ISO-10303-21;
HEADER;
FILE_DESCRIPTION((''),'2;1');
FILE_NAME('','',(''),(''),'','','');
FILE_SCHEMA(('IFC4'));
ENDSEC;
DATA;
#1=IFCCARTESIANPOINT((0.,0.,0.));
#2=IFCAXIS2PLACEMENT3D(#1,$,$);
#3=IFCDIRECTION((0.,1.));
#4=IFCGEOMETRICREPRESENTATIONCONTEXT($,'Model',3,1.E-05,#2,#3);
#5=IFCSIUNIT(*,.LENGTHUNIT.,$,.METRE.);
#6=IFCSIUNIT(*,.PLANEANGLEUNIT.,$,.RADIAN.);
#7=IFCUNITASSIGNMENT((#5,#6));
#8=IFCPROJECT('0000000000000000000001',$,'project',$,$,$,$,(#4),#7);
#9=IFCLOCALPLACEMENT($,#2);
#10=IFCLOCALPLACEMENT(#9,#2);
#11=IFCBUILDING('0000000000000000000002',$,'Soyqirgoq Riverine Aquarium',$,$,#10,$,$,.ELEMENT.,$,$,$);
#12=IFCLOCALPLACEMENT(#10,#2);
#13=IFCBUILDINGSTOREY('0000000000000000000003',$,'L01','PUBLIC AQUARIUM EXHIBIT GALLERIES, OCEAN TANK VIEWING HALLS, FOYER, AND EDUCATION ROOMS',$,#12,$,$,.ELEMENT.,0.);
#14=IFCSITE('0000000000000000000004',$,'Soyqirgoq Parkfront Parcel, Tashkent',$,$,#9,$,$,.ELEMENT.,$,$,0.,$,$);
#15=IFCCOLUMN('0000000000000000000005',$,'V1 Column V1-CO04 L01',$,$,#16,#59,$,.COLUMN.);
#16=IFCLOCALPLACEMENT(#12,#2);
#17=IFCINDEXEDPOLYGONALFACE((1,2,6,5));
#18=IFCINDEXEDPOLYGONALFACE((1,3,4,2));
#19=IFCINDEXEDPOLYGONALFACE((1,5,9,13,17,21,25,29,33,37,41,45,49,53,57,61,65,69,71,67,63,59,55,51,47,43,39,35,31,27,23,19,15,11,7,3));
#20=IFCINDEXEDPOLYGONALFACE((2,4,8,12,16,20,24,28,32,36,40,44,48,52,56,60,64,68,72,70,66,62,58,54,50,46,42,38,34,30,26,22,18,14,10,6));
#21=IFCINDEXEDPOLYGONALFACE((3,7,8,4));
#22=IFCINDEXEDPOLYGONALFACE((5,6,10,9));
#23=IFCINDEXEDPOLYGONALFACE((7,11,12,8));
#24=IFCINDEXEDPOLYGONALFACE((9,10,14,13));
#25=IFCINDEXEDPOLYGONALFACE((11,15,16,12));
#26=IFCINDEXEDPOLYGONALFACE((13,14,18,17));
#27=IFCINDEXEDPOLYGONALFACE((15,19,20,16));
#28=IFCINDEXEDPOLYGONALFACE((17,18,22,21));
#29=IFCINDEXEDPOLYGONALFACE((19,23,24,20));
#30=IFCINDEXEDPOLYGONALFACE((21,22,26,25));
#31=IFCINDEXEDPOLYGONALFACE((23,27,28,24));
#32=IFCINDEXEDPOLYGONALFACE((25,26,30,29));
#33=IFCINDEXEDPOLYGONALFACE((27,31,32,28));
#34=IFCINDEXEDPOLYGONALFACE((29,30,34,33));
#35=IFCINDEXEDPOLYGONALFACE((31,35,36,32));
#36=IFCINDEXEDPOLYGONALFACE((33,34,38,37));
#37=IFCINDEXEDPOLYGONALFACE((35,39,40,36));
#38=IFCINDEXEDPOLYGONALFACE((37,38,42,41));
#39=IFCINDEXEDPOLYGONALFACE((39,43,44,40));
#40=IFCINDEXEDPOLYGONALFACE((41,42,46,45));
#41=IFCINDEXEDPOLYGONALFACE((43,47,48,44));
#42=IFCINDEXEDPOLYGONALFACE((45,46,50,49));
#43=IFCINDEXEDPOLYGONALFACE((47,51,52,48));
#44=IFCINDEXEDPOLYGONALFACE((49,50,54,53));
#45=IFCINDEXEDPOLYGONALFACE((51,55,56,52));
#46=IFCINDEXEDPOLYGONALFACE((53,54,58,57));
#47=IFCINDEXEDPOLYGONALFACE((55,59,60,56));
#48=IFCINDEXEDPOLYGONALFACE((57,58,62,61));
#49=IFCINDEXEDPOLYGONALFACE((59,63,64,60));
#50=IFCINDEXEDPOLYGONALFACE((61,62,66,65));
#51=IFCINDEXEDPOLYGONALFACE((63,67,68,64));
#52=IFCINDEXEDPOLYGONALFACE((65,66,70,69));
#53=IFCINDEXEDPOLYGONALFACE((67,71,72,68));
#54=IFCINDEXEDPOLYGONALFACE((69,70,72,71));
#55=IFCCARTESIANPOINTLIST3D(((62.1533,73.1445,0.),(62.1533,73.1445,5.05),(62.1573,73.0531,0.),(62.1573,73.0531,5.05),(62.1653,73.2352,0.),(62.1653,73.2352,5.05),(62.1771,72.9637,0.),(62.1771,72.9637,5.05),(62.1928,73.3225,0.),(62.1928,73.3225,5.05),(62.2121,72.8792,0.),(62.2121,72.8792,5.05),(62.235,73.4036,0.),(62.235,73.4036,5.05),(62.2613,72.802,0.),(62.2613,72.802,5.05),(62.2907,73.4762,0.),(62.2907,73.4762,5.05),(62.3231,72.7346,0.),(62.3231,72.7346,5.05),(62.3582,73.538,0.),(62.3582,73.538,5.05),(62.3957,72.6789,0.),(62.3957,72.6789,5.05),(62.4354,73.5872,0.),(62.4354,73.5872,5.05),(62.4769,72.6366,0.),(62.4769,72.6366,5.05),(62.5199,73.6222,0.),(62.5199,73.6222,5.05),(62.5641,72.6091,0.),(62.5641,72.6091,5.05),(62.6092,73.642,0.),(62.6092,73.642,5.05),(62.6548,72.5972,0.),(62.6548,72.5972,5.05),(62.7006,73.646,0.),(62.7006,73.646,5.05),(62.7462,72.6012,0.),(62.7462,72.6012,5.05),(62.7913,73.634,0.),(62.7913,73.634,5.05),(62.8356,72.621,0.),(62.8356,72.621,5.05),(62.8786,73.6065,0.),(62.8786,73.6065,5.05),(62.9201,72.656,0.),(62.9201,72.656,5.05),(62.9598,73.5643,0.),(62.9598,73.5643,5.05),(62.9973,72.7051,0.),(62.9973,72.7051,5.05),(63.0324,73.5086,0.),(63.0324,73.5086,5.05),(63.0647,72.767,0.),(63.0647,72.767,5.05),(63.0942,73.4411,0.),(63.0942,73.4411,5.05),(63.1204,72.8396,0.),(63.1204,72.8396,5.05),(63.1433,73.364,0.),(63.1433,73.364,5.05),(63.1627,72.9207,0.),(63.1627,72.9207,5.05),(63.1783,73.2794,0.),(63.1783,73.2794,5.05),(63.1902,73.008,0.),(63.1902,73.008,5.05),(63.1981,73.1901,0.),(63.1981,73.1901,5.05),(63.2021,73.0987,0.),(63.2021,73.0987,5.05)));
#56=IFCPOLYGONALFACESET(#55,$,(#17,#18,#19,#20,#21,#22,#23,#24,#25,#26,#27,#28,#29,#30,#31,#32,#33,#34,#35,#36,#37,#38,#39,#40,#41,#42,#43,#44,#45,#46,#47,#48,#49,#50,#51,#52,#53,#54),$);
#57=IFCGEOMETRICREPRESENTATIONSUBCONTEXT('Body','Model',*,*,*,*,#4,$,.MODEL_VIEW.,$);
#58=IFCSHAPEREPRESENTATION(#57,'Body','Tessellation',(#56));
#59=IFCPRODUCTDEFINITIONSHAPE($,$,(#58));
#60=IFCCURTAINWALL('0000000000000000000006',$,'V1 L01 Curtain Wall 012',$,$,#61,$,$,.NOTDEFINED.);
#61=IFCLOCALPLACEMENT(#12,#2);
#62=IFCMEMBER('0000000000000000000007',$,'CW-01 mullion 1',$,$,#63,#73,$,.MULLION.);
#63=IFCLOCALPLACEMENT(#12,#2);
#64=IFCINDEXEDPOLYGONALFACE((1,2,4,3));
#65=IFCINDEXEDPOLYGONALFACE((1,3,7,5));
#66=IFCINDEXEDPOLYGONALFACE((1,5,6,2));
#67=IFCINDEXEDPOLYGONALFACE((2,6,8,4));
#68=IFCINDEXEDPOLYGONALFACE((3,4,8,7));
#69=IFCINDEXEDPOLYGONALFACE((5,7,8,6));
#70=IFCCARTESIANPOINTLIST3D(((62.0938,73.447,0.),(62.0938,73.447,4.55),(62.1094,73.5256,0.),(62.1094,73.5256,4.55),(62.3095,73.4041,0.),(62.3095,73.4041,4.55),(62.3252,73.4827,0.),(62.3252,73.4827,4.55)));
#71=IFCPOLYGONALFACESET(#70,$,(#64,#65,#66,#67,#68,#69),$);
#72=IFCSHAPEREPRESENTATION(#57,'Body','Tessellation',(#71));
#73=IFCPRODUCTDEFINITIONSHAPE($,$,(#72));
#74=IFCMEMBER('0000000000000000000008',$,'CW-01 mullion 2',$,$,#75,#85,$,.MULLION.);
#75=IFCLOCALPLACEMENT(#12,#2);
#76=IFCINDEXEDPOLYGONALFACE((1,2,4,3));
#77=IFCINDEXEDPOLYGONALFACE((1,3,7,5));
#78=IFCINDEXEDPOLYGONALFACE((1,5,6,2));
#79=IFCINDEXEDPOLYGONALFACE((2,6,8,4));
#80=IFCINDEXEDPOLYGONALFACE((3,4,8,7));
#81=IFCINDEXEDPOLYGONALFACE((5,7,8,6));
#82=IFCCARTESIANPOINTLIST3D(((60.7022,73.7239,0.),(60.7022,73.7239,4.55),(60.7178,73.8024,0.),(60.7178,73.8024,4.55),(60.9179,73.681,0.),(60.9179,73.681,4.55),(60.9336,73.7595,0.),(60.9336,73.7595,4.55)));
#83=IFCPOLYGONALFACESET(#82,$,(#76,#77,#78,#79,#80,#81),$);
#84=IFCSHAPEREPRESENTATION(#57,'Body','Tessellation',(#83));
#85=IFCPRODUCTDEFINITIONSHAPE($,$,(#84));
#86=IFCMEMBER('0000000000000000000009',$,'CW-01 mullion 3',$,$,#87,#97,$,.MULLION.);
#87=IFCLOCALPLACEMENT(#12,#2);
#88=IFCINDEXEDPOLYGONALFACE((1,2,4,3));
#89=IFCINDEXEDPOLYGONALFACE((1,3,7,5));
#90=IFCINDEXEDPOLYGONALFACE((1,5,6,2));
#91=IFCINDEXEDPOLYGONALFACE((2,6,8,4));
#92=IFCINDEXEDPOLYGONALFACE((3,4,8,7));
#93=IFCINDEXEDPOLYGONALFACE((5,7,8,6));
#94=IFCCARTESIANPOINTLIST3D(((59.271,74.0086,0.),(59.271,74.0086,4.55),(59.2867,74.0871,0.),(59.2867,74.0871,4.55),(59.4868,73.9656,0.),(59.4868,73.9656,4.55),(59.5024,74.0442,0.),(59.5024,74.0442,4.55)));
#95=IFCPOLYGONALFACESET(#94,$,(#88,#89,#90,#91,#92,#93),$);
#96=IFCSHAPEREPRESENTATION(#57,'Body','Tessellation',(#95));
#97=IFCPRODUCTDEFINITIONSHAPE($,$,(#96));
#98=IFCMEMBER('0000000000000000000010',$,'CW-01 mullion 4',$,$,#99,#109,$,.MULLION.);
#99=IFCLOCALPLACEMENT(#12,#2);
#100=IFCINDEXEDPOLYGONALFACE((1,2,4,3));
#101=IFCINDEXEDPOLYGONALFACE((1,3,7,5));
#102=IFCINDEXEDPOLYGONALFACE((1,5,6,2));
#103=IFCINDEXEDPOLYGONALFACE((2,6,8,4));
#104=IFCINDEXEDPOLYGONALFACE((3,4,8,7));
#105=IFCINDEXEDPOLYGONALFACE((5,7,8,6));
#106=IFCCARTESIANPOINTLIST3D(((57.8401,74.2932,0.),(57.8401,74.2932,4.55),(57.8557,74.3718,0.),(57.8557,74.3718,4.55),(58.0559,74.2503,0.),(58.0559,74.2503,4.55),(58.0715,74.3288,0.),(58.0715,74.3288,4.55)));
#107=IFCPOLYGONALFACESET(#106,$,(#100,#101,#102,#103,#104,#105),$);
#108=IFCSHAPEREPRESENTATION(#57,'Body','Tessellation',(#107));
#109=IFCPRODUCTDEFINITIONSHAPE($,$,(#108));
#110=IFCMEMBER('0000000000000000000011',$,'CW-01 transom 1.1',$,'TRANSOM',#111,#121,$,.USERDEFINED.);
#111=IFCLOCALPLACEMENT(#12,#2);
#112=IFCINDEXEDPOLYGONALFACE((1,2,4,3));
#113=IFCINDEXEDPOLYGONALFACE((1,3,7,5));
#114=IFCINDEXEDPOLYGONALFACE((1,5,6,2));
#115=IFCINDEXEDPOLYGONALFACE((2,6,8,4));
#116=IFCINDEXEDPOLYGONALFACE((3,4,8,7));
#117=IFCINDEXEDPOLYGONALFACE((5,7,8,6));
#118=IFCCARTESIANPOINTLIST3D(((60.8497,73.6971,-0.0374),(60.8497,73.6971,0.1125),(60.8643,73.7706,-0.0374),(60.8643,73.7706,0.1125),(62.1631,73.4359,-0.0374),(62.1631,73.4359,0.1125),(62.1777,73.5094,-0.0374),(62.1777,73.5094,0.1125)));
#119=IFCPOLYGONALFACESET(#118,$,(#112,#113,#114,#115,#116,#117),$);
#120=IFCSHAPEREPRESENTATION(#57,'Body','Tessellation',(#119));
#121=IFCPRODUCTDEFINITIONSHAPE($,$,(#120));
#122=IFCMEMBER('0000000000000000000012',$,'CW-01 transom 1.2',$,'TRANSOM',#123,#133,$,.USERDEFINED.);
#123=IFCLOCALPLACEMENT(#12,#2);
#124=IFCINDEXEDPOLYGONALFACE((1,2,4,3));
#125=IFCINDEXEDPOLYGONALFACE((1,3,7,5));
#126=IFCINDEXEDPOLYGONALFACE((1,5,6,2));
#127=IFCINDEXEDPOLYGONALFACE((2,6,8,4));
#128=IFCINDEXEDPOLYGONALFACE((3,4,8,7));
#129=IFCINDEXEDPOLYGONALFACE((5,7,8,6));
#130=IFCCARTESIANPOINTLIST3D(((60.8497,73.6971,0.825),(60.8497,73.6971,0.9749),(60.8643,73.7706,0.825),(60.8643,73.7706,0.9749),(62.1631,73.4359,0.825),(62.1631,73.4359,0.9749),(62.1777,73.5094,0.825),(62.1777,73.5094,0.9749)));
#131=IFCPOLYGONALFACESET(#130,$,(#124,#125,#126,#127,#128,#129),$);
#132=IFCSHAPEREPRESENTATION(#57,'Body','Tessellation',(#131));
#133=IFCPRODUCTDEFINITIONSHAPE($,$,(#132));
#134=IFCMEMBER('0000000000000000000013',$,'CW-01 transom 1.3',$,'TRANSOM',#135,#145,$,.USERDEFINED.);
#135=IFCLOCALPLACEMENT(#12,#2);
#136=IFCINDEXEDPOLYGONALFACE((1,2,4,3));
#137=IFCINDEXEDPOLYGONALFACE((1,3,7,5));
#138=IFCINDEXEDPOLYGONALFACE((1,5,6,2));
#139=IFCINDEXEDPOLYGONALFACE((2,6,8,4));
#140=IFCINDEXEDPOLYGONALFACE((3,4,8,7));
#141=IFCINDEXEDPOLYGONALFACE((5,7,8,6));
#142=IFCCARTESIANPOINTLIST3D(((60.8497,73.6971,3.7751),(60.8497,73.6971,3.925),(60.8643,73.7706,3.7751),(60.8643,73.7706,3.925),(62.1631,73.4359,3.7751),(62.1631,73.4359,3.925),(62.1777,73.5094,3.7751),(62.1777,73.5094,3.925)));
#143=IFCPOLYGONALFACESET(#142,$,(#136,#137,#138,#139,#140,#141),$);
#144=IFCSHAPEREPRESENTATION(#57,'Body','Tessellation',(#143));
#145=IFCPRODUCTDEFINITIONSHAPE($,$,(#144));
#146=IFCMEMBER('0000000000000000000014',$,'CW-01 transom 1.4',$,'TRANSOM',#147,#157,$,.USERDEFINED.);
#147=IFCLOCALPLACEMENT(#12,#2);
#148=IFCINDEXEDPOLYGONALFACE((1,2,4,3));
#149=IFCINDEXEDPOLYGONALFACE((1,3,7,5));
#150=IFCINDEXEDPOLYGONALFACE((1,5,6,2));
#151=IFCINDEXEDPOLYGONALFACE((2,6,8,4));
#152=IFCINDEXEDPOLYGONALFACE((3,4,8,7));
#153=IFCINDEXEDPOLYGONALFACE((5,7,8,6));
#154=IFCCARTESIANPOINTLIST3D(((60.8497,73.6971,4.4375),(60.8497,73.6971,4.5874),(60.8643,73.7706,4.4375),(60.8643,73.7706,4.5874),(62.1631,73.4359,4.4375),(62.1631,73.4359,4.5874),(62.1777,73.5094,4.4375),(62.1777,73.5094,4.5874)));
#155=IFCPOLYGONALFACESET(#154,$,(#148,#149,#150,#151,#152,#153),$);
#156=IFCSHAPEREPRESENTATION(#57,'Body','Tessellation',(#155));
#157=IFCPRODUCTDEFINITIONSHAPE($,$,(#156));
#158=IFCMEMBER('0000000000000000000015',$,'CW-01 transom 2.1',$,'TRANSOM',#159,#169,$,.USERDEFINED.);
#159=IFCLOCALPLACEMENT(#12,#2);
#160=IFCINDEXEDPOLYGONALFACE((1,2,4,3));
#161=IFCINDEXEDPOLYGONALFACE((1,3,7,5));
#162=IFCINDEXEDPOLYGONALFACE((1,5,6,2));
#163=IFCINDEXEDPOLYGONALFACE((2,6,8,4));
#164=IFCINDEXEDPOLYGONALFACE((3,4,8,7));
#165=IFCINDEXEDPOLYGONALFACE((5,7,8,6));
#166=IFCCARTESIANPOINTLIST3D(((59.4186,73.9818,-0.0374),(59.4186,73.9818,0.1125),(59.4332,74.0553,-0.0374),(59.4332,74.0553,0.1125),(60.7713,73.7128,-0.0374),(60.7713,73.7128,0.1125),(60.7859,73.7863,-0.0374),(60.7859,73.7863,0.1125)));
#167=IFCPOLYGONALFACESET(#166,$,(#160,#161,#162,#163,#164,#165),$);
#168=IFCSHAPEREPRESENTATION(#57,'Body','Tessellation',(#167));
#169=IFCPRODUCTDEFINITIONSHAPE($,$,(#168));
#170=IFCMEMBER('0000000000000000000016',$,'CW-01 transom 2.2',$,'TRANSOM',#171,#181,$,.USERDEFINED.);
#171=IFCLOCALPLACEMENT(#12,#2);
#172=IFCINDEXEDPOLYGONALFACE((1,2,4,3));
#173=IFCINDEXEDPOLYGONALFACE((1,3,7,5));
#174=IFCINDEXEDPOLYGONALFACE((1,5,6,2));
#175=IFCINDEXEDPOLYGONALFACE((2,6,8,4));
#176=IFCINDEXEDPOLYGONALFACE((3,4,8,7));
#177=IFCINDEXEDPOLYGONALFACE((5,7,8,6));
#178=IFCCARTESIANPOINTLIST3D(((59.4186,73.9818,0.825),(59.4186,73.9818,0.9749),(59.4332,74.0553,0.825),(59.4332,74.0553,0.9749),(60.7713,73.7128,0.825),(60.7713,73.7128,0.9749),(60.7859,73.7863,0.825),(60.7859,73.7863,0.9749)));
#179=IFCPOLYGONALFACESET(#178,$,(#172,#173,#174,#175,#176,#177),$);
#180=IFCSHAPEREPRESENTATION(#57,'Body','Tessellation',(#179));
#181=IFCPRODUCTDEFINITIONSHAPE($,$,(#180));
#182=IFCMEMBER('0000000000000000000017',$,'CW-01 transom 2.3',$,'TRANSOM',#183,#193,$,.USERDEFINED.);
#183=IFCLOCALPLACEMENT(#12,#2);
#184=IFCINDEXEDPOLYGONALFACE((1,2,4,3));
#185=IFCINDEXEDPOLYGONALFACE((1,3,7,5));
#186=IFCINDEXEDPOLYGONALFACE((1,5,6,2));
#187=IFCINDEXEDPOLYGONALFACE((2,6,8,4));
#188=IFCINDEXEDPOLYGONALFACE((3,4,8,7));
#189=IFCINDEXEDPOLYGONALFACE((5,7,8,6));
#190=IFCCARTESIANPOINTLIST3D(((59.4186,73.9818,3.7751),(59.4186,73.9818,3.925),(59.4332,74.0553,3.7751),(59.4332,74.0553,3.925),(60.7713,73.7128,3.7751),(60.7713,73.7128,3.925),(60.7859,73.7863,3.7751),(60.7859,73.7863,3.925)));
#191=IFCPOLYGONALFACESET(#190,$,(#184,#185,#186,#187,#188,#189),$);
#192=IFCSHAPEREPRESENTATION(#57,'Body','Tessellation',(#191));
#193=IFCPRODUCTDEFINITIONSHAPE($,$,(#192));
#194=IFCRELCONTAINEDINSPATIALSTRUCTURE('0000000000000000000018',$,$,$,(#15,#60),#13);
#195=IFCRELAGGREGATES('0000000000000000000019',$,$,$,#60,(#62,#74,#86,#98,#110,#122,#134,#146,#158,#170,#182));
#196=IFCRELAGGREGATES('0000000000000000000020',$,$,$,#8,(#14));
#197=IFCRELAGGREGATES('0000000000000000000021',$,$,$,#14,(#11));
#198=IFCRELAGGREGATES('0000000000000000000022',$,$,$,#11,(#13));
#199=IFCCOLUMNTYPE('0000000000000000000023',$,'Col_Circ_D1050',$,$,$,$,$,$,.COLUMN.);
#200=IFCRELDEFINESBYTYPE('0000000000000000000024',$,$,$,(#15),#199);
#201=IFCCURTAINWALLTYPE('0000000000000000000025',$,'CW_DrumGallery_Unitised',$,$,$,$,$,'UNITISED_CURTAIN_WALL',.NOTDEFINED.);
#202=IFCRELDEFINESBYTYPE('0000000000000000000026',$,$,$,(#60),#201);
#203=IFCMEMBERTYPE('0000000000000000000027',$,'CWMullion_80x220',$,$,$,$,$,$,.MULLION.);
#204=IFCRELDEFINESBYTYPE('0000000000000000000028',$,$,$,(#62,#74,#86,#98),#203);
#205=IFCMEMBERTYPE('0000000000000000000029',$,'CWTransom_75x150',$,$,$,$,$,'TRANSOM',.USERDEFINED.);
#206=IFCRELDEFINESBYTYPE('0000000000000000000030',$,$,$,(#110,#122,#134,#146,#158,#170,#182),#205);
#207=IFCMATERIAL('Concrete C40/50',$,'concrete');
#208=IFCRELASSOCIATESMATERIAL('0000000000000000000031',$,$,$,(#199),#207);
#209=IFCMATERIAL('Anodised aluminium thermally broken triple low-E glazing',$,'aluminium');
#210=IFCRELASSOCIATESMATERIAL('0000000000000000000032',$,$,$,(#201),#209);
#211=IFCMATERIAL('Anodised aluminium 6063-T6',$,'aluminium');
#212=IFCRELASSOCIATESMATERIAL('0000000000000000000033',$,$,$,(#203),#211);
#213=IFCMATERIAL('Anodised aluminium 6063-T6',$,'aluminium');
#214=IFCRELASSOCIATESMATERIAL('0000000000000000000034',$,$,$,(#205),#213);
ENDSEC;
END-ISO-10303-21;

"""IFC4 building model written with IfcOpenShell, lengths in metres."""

from ifc_helpers import new_model, si_unit, direction, frame, origin, origin_2d, place, context, subcontext, project, spatial, rectangle, circle, extrude, material, material_profile, profile_set, type_object, element, aggregate, save


model = new_model("IFC4")

# Units and contexts
model_context = context("Model", 3, precision=1e-05, world=origin(), true_north=direction((0.0, 1.0)))
body_context = subcontext(model_context, "Body", "Model", "MODEL_VIEW")
ifc_project = project(units=[si_unit("LENGTHUNIT", "METRE"), si_unit("PLANEANGLEUNIT", "RADIAN")], contexts=[model_context])

# Site, building, storey
site_placement = place(None, origin())
site = spatial("IfcSite", under=ifc_project, at=site_placement, Name="Soyqirgoq Parkfront Parcel, Tashkent", CompositionType="ELEMENT", RefElevation=0.0)
building_placement = place(site_placement, origin())
building = spatial("IfcBuilding", under=site, at=building_placement, Name="Soyqirgoq Riverine Aquarium", CompositionType="ELEMENT")
storey_placement = place(building_placement, origin())
storey = spatial("IfcBuildingStorey", under=building, at=storey_placement, Name="L01", Description="PUBLIC AQUARIUM EXHIBIT GALLERIES, OCEAN TANK VIEWING HALLS, FOYER, AND EDUCATION ROOMS", CompositionType="ELEMENT", Elevation=0.0)

# Column
ifc_material_1 = material(Name="Concrete C40/50", Category="concrete")
ifc_material_profile_1 = material_profile(ifc_material_1, circle(Radius=0.5249, at=origin_2d()), Name="RC-COL D1050")
ifc_profile_set_1 = profile_set([ifc_material_profile_1], Name="Concrete C40/50")
column_type = type_object("IfcColumnType", Name="Col_Circ_D1050", PredefinedType="COLUMN", material=ifc_profile_set_1)
column_placement = place(storey_placement, frame((62.6777, 73.1216, 0.0), z_axis=(0.0, 0.0, 1.0), x_axis=(0.382683, 0.92388, 0.0)))
element("IfcColumn", 1, at=column_placement, inside=storey, type_object=column_type, Name="V1 Column V1-CO04 L01", PredefinedType="COLUMN", context=body_context, shape_type="SweptSolid", body=[
    extrude(circle(Radius=0.5249, at=origin_2d()), origin(), (0.0, 0.0, 1.0), 5.05),
])

# Curtain wall, members
ifc_material_2 = material(Name="Anodised aluminium thermally broken triple low-E glazing", Category="aluminium")
curtain_wall_type = type_object("IfcCurtainWallType", Name="CW_DrumGallery_Unitised", ElementType="UNITISED_CURTAIN_WALL", PredefinedType="NOTDEFINED", material=ifc_material_2)
curtain_wall_placement = place(storey_placement, origin())
curtain_wall = element("IfcCurtainWall", 2, at=curtain_wall_placement, inside=storey, type_object=curtain_wall_type, Name="V1 L01 Curtain Wall 012", PredefinedType="NOTDEFINED")
ifc_material_3 = material(Name="Anodised aluminium 6063-T6", Category="aluminium")
ifc_material_profile_2 = material_profile(ifc_material_3, rectangle(XDim=0.0801, YDim=0.22, at=origin_2d()), Name="ALU-M 80x220")
ifc_profile_set_2 = profile_set([ifc_material_profile_2], Name="Anodised aluminium 6063-T6")
member_type_1 = type_object("IfcMemberType", Name="CWMullion_80x220", PredefinedType="MULLION", material=ifc_profile_set_2)
member_1_placement = place(storey_placement, frame((62.2095, 73.4648, 0.0), z_axis=(0.0, 0.0, 1.0), x_axis=(-0.195075, -0.980788, 0.0)))
member_1 = element("IfcMember", 3, at=member_1_placement, type_object=member_type_1, Name="CW-01 mullion 1", PredefinedType="MULLION", context=body_context, shape_type="SweptSolid", body=[
    extrude(rectangle(XDim=0.0801, YDim=0.22, at=origin_2d()), origin(), (0.0, 0.0, 1.0), 4.55),
])
member_2_placement = place(storey_placement, frame((60.8179, 73.7417, 0.0), z_axis=(0.0, 0.0, 1.0), x_axis=(-0.195075, -0.980788, 0.0)))
member_2 = element("IfcMember", 4, at=member_2_placement, type_object=member_type_1, Name="CW-01 mullion 2", PredefinedType="MULLION", context=body_context, shape_type="SweptSolid", body=[
    extrude(rectangle(XDim=0.0801, YDim=0.22, at=origin_2d()), origin(), (0.0, 0.0, 1.0), 4.55),
])
member_3_placement = place(storey_placement, frame((59.3867, 74.0264, 0.0), z_axis=(0.0, 0.0, 1.0), x_axis=(-0.195075, -0.980788, 0.0)))
member_3 = element("IfcMember", 5, at=member_3_placement, type_object=member_type_1, Name="CW-01 mullion 3", PredefinedType="MULLION", context=body_context, shape_type="SweptSolid", body=[
    extrude(rectangle(XDim=0.0801, YDim=0.22, at=origin_2d()), origin(), (0.0, 0.0, 1.0), 4.55),
])
member_4_placement = place(storey_placement, frame((57.9558, 74.311, 0.0), z_axis=(0.0, 0.0, 1.0), x_axis=(-0.195075, -0.980788, 0.0)))
member_4 = element("IfcMember", 6, at=member_4_placement, type_object=member_type_1, Name="CW-01 mullion 4", PredefinedType="MULLION", context=body_context, shape_type="SweptSolid", body=[
    extrude(rectangle(XDim=0.0801, YDim=0.22, at=origin_2d()), origin(), (0.0, 0.0, 1.0), 4.55),
])
ifc_material_4 = material(Name="Anodised aluminium 6063-T6", Category="aluminium")
ifc_material_profile_3 = material_profile(ifc_material_4, rectangle(XDim=0.075, YDim=0.1499, at=origin_2d()), Name="ALU-T 75x150")
ifc_profile_set_3 = profile_set([ifc_material_profile_3], Name="Anodised aluminium 6063-T6")
member_type_2 = type_object("IfcMemberType", Name="CWTransom_75x150", ElementType="TRANSOM", PredefinedType="USERDEFINED", material=ifc_profile_set_3)
member_5_placement = place(storey_placement, frame((62.1704, 73.4727, 0.0376), z_axis=(-0.98079, 0.195064, 0.0), x_axis=(-0.195064, -0.98079, 0.0)))
member_5 = element("IfcMember", 7, at=member_5_placement, type_object=member_type_2, Name="CW-01 transom 1.1", ObjectType="TRANSOM", PredefinedType="USERDEFINED", context=body_context, shape_type="SweptSolid", body=[
    extrude(rectangle(XDim=0.075, YDim=0.1499, at=origin_2d()), origin(), (0.0, 0.0, 1.0), 1.3391),
])
member_6_placement = place(storey_placement, frame((62.1704, 73.4727, 0.8999), z_axis=(-0.98079, 0.195064, 0.0), x_axis=(-0.195064, -0.98079, 0.0)))
member_6 = element("IfcMember", 8, at=member_6_placement, type_object=member_type_2, Name="CW-01 transom 1.2", ObjectType="TRANSOM", PredefinedType="USERDEFINED", context=body_context, shape_type="SweptSolid", body=[
    extrude(rectangle(XDim=0.075, YDim=0.1499, at=origin_2d()), origin(), (0.0, 0.0, 1.0), 1.3391),
])
member_7_placement = place(storey_placement, frame((62.1704, 73.4727, 3.8501), z_axis=(-0.98079, 0.195064, 0.0), x_axis=(-0.195064, -0.98079, 0.0)))
member_7 = element("IfcMember", 9, at=member_7_placement, type_object=member_type_2, Name="CW-01 transom 1.3", ObjectType="TRANSOM", PredefinedType="USERDEFINED", context=body_context, shape_type="SweptSolid", body=[
    extrude(rectangle(XDim=0.075, YDim=0.1499, at=origin_2d()), origin(), (0.0, 0.0, 1.0), 1.3391),
])
member_8_placement = place(storey_placement, frame((62.1704, 73.4727, 4.5125), z_axis=(-0.98079, 0.195064, 0.0), x_axis=(-0.195064, -0.98079, 0.0)))
member_8 = element("IfcMember", 10, at=member_8_placement, type_object=member_type_2, Name="CW-01 transom 1.4", ObjectType="TRANSOM", PredefinedType="USERDEFINED", context=body_context, shape_type="SweptSolid", body=[
    extrude(rectangle(XDim=0.075, YDim=0.1499, at=origin_2d()), origin(), (0.0, 0.0, 1.0), 1.3391),
])
member_9_placement = place(storey_placement, frame((60.7786, 73.7495, 0.0376), z_axis=(-0.980784, 0.195095, 0.0), x_axis=(-0.195095, -0.980784, 0.0)))
member_9 = element("IfcMember", 11, at=member_9_placement, type_object=member_type_2, Name="CW-01 transom 2.1", ObjectType="TRANSOM", PredefinedType="USERDEFINED", context=body_context, shape_type="SweptSolid", body=[
    extrude(rectangle(XDim=0.075, YDim=0.1499, at=origin_2d()), origin(), (0.0, 0.0, 1.0), 1.3792),
])
member_10_placement = place(storey_placement, frame((60.7786, 73.7495, 0.8999), z_axis=(-0.980784, 0.195095, 0.0), x_axis=(-0.195095, -0.980784, 0.0)))
member_10 = element("IfcMember", 12, at=member_10_placement, type_object=member_type_2, Name="CW-01 transom 2.2", ObjectType="TRANSOM", PredefinedType="USERDEFINED", context=body_context, shape_type="SweptSolid", body=[
    extrude(rectangle(XDim=0.075, YDim=0.1499, at=origin_2d()), origin(), (0.0, 0.0, 1.0), 1.3792),
])
member_11_placement = place(storey_placement, frame((60.7786, 73.7495, 3.8501), z_axis=(-0.980784, 0.195095, 0.0), x_axis=(-0.195095, -0.980784, 0.0)))
member_11 = element("IfcMember", 13, at=member_11_placement, type_object=member_type_2, Name="CW-01 transom 2.3", ObjectType="TRANSOM", PredefinedType="USERDEFINED", context=body_context, shape_type="SweptSolid", body=[
    extrude(rectangle(XDim=0.075, YDim=0.1499, at=origin_2d()), origin(), (0.0, 0.0, 1.0), 1.3792),
])

aggregate(curtain_wall, [member_1, member_2, member_3, member_4, member_5, member_6, member_7, member_8, member_9, member_10, member_11])

save(model, "model.ifc")
